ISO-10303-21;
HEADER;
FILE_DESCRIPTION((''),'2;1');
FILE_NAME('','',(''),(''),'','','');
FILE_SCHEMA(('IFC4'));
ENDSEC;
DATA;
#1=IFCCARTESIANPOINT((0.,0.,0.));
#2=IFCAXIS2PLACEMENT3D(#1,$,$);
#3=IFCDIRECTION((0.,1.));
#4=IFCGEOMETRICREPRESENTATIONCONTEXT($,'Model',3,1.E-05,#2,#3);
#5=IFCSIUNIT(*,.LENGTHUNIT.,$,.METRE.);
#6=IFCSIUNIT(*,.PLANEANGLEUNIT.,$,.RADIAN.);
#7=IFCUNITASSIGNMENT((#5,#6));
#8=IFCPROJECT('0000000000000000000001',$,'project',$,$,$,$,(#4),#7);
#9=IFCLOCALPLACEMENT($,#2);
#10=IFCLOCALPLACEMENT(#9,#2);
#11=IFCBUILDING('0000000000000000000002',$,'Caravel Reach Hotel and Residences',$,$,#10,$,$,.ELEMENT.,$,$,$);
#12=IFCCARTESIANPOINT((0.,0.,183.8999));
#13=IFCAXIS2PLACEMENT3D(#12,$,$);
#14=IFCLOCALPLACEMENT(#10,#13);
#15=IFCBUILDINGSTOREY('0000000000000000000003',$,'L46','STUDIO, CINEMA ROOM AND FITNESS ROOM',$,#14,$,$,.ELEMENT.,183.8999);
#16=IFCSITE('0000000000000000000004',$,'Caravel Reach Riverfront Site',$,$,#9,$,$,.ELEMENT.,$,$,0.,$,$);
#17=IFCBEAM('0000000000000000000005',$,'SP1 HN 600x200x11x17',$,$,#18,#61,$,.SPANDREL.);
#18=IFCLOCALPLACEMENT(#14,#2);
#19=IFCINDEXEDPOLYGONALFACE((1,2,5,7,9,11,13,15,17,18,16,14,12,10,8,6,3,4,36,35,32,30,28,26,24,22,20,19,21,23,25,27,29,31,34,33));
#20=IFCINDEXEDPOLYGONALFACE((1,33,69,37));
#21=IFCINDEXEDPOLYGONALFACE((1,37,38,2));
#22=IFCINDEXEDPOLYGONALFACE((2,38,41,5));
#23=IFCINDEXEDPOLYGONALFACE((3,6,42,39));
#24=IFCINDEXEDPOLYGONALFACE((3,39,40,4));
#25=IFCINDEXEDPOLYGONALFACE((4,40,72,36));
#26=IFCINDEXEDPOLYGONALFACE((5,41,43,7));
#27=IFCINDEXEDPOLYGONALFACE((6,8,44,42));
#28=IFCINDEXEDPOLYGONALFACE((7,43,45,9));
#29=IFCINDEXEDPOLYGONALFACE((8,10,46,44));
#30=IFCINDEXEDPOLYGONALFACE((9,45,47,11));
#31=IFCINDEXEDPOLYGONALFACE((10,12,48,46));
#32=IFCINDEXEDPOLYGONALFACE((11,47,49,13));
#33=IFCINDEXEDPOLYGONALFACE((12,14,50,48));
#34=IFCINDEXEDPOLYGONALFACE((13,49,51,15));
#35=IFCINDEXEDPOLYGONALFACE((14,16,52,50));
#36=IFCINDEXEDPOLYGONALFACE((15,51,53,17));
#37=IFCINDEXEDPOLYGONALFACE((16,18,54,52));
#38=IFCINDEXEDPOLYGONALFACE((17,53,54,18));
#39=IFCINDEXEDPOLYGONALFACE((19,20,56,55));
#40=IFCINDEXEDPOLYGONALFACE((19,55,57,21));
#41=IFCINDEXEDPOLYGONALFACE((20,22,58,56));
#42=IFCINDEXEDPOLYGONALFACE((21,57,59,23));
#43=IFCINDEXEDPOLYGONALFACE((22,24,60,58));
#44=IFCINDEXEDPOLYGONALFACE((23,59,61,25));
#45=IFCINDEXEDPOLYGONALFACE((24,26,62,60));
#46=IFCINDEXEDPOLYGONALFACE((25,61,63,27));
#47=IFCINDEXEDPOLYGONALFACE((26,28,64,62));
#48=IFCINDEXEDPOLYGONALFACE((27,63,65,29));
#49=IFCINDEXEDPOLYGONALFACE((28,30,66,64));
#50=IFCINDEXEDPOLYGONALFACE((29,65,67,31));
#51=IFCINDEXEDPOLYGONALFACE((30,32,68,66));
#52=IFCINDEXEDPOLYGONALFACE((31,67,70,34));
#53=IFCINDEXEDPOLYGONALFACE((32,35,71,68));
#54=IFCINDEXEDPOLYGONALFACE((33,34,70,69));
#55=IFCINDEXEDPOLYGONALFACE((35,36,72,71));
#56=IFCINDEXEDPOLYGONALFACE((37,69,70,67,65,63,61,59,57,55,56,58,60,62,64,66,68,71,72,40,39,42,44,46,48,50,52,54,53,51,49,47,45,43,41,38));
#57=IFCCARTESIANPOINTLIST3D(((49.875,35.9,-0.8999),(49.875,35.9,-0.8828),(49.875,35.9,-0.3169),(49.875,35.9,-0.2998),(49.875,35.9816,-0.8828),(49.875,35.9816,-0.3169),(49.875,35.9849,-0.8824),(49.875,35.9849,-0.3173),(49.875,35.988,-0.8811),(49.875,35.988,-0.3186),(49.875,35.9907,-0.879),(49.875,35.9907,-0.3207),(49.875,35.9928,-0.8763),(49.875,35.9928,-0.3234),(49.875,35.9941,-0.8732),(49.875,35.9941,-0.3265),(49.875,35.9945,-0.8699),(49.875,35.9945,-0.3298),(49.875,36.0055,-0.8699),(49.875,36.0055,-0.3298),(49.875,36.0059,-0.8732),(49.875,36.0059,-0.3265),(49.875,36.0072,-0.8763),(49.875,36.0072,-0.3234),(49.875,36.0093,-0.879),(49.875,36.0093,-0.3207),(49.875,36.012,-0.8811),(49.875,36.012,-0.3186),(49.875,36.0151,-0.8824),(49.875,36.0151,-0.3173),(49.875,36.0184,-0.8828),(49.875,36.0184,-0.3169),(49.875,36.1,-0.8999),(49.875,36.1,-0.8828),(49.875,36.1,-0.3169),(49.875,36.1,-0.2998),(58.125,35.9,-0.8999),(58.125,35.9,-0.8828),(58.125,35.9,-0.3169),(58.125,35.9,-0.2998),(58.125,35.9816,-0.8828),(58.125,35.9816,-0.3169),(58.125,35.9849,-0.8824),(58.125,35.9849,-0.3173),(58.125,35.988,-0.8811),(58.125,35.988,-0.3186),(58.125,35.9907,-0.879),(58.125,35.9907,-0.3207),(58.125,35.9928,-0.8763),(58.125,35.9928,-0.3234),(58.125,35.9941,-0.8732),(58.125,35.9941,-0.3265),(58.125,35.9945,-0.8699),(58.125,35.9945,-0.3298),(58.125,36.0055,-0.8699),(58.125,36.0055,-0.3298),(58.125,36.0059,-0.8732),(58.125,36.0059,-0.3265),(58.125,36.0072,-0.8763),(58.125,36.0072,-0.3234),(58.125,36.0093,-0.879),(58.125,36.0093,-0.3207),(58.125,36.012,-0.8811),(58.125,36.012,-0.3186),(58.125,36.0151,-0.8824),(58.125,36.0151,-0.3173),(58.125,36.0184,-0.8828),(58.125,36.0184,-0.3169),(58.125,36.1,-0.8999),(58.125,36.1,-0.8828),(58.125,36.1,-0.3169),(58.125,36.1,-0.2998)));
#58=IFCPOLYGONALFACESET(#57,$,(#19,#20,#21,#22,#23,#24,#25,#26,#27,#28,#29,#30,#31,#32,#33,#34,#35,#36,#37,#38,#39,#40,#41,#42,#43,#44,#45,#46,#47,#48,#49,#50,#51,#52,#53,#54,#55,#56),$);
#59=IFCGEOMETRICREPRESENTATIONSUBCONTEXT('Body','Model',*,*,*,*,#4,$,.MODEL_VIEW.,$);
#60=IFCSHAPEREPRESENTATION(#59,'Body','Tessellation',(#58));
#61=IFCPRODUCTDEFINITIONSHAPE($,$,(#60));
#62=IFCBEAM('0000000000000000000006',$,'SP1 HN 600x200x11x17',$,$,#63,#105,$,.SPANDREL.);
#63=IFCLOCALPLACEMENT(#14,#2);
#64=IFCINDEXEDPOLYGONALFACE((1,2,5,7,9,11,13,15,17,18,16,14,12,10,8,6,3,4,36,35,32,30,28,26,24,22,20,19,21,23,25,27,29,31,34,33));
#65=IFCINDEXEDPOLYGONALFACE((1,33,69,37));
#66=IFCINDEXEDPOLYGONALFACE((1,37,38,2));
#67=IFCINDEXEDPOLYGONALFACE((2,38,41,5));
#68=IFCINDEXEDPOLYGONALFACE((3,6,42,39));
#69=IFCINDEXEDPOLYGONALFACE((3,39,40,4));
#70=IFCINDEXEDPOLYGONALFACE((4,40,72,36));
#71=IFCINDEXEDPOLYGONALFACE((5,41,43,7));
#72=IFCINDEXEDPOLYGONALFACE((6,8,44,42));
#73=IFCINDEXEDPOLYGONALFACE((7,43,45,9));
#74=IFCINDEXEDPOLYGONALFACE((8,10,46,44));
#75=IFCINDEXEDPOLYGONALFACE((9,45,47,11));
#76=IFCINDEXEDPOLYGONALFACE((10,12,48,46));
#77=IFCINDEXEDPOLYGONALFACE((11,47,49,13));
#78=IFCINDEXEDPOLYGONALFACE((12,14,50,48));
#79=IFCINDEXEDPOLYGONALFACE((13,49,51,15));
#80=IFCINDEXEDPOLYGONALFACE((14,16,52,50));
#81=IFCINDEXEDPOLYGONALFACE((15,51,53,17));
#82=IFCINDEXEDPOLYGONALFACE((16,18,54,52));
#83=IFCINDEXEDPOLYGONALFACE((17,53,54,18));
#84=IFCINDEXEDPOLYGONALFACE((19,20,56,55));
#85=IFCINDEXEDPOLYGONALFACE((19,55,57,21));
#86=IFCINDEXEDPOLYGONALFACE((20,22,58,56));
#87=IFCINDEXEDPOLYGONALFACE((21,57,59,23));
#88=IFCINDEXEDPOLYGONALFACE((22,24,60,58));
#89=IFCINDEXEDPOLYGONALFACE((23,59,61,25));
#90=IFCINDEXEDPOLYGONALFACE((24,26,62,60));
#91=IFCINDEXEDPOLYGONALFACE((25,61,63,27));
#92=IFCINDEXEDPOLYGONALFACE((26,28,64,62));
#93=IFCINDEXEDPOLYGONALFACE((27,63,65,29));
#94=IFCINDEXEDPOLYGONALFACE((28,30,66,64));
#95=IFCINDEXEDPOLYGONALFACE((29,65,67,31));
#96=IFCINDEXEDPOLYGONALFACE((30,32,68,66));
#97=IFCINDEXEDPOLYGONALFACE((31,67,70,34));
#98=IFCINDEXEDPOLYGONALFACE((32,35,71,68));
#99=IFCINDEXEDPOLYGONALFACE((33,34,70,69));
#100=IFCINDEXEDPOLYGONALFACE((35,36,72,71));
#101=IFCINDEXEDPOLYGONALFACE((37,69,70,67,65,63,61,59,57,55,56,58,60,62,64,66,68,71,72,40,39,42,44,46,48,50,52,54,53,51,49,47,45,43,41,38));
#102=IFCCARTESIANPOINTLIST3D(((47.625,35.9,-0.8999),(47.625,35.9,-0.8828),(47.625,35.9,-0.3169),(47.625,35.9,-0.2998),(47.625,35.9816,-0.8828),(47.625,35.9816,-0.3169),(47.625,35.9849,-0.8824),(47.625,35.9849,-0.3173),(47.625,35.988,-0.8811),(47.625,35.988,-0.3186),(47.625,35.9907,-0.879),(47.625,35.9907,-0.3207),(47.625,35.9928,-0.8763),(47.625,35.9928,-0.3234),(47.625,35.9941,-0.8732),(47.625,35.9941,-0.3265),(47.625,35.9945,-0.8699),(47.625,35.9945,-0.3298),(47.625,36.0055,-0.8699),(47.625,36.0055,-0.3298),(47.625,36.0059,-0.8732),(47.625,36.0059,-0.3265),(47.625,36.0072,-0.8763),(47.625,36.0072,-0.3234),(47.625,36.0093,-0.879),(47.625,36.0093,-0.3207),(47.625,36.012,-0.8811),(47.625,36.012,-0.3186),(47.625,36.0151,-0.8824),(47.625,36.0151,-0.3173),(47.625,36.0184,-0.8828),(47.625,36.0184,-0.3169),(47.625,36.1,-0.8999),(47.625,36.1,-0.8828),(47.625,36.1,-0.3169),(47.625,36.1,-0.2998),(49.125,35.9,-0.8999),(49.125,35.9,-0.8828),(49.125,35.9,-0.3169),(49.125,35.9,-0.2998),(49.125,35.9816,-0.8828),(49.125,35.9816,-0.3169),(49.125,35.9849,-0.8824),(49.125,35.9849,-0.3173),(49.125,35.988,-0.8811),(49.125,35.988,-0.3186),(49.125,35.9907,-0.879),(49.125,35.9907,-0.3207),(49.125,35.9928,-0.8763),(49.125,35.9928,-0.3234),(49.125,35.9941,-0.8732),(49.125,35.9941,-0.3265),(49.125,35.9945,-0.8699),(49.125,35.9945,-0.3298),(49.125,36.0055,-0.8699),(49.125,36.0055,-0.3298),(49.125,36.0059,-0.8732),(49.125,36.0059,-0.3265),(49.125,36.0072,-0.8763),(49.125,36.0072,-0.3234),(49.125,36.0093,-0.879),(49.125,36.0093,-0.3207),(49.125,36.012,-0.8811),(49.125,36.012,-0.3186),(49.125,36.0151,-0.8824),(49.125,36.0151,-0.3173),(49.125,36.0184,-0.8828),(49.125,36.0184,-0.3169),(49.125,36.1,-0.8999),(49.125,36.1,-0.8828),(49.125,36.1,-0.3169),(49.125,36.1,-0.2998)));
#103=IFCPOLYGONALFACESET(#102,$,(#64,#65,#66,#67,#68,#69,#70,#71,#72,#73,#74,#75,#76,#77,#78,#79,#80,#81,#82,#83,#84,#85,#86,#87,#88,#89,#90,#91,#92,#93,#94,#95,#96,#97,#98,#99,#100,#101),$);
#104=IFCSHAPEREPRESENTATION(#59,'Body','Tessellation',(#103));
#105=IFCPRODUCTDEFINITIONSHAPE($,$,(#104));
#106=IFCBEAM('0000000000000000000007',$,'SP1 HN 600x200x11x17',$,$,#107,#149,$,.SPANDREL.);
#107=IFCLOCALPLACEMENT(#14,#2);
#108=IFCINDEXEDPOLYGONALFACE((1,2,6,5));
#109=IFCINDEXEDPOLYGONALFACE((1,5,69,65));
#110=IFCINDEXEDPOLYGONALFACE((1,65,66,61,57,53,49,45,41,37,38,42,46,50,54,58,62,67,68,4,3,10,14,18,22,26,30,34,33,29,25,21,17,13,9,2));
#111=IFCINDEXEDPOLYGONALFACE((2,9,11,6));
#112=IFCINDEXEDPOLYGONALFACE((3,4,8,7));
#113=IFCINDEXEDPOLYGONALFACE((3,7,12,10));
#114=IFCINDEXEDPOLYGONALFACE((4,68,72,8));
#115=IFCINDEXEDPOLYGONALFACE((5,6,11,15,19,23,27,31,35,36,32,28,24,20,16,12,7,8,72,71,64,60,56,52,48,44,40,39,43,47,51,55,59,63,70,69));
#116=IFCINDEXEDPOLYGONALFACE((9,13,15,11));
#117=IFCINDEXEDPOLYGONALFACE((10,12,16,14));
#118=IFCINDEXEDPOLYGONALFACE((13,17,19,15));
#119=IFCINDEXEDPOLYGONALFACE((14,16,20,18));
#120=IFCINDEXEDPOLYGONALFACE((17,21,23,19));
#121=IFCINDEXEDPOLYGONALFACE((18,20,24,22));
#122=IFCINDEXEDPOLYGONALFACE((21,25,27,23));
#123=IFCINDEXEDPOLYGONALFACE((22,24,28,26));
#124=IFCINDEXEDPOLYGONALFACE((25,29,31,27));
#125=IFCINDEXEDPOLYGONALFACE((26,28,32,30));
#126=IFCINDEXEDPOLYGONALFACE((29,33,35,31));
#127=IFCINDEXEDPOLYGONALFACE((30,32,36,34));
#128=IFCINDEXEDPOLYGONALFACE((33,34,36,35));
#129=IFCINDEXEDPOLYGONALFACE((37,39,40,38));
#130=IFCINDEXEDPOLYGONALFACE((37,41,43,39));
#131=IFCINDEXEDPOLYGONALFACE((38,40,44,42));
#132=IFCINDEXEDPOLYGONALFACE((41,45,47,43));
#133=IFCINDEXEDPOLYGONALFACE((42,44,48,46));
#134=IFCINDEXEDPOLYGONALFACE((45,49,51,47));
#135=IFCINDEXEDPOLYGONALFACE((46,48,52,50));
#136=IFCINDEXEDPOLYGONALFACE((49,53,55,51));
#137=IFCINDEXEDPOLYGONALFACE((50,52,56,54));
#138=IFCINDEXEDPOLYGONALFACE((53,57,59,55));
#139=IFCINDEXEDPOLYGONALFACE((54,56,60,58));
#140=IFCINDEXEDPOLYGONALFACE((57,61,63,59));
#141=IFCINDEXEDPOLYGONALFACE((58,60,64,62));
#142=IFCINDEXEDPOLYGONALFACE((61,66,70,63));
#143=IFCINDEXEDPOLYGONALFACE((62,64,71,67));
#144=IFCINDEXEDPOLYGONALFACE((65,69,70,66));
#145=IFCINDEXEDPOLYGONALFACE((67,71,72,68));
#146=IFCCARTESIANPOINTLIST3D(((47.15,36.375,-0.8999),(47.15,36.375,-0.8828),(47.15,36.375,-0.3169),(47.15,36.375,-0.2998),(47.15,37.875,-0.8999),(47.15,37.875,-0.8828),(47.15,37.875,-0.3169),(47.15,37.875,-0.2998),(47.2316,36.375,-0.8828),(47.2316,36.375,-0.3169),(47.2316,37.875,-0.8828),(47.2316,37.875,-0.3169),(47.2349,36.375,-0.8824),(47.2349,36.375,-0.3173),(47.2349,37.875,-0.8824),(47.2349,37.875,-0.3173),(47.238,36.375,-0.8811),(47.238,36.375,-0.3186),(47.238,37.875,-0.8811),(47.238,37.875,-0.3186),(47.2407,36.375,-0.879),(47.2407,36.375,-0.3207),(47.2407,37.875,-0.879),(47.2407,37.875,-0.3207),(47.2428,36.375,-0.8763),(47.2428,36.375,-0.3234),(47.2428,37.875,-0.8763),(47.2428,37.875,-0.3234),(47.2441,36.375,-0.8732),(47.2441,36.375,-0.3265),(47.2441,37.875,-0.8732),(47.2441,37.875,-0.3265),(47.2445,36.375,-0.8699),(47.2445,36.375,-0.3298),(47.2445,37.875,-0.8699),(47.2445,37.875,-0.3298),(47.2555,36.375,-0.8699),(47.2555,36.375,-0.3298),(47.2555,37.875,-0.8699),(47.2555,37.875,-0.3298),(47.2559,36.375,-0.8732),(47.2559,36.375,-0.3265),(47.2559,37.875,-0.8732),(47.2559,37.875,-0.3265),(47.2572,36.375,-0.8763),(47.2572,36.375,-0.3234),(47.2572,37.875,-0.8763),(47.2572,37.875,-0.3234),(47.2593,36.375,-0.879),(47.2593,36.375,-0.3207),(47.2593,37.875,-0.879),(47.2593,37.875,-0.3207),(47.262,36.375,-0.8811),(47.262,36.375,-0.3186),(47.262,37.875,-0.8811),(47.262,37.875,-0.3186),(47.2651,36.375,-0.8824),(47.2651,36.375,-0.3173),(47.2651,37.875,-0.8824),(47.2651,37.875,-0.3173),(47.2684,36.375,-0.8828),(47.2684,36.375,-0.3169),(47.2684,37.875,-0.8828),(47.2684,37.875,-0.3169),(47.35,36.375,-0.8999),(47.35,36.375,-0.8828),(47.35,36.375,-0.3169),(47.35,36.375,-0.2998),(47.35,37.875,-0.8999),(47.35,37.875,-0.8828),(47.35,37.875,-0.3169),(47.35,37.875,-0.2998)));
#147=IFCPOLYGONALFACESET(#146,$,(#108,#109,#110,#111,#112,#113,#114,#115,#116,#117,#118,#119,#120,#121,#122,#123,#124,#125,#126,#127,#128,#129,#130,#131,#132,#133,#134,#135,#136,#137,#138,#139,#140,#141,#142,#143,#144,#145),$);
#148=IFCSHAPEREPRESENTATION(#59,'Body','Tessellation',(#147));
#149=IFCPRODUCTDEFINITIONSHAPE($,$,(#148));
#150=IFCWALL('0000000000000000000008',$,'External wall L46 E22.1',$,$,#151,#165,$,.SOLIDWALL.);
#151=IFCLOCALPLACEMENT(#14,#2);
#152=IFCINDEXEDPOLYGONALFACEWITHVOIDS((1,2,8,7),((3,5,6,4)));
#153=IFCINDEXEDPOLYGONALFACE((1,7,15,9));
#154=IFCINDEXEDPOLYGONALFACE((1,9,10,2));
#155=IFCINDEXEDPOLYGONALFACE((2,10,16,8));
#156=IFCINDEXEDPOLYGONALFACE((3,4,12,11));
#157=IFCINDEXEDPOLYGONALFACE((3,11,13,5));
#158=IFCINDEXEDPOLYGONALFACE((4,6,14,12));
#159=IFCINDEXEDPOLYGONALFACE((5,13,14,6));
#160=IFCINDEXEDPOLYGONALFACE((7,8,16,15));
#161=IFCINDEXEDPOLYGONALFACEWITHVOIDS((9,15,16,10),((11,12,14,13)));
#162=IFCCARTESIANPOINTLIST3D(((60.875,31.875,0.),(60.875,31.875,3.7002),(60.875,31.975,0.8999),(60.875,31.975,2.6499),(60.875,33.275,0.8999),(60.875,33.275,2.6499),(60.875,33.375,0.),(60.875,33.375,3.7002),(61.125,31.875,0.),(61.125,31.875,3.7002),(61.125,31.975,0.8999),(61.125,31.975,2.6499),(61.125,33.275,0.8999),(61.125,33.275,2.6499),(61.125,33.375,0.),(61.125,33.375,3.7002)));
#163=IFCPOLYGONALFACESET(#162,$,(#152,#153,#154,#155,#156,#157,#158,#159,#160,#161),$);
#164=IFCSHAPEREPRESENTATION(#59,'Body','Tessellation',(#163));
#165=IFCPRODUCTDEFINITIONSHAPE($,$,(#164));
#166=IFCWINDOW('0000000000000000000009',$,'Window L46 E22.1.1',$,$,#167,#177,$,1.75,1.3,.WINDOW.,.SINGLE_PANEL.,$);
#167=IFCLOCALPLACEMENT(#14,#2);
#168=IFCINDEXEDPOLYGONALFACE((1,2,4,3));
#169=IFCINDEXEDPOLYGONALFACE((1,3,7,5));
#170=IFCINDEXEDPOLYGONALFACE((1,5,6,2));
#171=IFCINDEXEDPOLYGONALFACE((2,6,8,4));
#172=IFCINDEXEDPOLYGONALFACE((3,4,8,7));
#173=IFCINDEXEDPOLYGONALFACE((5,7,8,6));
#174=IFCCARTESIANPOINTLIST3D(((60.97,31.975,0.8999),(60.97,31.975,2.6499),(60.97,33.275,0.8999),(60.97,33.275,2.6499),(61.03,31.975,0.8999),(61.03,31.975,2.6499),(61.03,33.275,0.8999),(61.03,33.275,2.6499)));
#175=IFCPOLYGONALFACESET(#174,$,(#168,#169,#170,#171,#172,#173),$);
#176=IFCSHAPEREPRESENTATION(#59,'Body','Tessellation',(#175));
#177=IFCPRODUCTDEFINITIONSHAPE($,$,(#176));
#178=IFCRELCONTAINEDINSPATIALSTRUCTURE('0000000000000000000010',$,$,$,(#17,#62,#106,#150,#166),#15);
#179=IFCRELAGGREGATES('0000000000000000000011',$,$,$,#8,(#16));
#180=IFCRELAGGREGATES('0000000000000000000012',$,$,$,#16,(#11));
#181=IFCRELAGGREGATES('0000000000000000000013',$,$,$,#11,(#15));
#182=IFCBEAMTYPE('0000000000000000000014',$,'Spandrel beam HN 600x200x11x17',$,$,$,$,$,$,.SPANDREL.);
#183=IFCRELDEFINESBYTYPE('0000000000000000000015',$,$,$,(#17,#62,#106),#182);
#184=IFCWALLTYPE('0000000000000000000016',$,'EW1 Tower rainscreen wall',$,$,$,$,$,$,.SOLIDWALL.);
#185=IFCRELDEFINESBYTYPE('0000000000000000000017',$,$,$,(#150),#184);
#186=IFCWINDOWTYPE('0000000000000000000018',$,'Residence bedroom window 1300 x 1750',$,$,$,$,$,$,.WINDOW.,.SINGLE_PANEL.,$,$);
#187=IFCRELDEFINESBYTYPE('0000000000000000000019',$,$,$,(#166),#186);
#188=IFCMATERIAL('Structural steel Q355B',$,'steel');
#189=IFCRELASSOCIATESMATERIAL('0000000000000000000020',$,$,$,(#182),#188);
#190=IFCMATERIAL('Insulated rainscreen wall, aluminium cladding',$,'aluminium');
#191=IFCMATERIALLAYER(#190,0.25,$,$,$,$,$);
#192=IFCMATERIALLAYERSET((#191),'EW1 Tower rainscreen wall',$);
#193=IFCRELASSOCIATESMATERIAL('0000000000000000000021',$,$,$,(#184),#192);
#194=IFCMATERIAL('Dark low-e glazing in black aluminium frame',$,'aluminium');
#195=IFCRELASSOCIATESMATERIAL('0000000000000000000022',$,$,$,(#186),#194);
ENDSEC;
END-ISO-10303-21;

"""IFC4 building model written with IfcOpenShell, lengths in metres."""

from ifc_helpers import new_model, si_unit, direction, frame, frame_2d, origin, origin_2d, place, context, subcontext, project, spatial, rectangle, i_section, extrude, material, layer, layer_set, material_profile, profile_set, type_object, element, fill, save


model = new_model("IFC4")

# Units and contexts
model_context = context("Model", 3, precision=1e-05, world=origin(), true_north=direction((0.0, 1.0)))
body_context = subcontext(model_context, "Body", "Model", "MODEL_VIEW")
ifc_project = project(units=[si_unit("LENGTHUNIT", "METRE"), si_unit("PLANEANGLEUNIT", "RADIAN")], contexts=[model_context])

# Site, building, storey
site_placement = place(None, origin())
site = spatial("IfcSite", under=ifc_project, at=site_placement, Name="Caravel Reach Riverfront Site", CompositionType="ELEMENT", RefElevation=0.0)
building_placement = place(site_placement, origin())
building = spatial("IfcBuilding", under=site, at=building_placement, Name="Caravel Reach Hotel and Residences", CompositionType="ELEMENT")
storey_placement = place(building_placement, frame((0.0, 0.0, 183.8999)))
storey = spatial("IfcBuildingStorey", under=building, at=storey_placement, Name="L46", Description="STUDIO, CINEMA ROOM AND FITNESS ROOM", CompositionType="ELEMENT", Elevation=183.8999)

# Beams
ifc_material_1 = material(Name="Structural steel Q355B", Category="steel")
ifc_material_profile_1 = material_profile(ifc_material_1, i_section(OverallWidth=0.2, OverallDepth=0.6001, WebThickness=0.011, FlangeThickness=0.0171, FilletRadius=0.0129, at=origin_2d()), Name="HN 600x200x11x17")
ifc_profile_set_1 = profile_set([ifc_material_profile_1], Name="Structural steel Q355B")
beam_type = type_object("IfcBeamType", Name="Spandrel beam HN 600x200x11x17", PredefinedType="SPANDREL", material=ifc_profile_set_1)
beam_placement = place(storey_placement, frame((58.125, 36.0, -0.5999), z_axis=(-1.0, 0.0, 0.0), x_axis=(0.0, -1.0, 0.0)))
element("IfcBeam", 1, at=beam_placement, inside=storey, type_object=beam_type, Name="SP1 HN 600x200x11x17", PredefinedType="SPANDREL", context=body_context, shape_type="SweptSolid", body=[
    extrude(i_section(OverallWidth=0.2, OverallDepth=0.6001, WebThickness=0.011, FlangeThickness=0.0171, FilletRadius=0.0129, at=origin_2d()), origin(), (0.0, 0.0, 1.0), 8.25),
])
for number, where, z_axis, x_axis, name in (
    (2, (49.125, 36.0, -0.5999), (-1.0, 0.0, 0.0), (0.0, -1.0, 0.0), "SP1 HN 600x200x11x17"),
    (3, (47.25, 36.375, -0.5999), (0.0, 1.0, 0.0), (-1.0, 0.0, 0.0), "SP1 HN 600x200x11x17"),
):
    element("IfcBeam", number, at=place(storey_placement, frame(where, z_axis=z_axis, x_axis=x_axis)), inside=storey, type_object=beam_type, Name=name, PredefinedType="SPANDREL", context=body_context, shape_type="SweptSolid", body=[
        extrude(i_section(OverallWidth=0.2, OverallDepth=0.6001, WebThickness=0.011, FlangeThickness=0.0171, FilletRadius=0.0129, at=origin_2d()), origin(), (0.0, 0.0, 1.0), 1.5),
    ])

# Wall, opening, window
ifc_material_2 = material(Name="Insulated rainscreen wall, aluminium cladding", Category="aluminium")
ifc_layer = layer(ifc_material_2, 0.25)
ifc_layer_set = layer_set([ifc_layer], Name="EW1 Tower rainscreen wall")
wall_type = type_object("IfcWallType", Name="EW1 Tower rainscreen wall", PredefinedType="SOLIDWALL", material=ifc_layer_set)
wall_1_placement = place(storey_placement, frame((61.0, 31.875, 0.0), z_axis=(0.0, 0.0, 1.0), x_axis=(0.0, 1.0, 0.0)))
wall_1 = element("IfcWall", 4, at=wall_1_placement, inside=storey, type_object=wall_type, Name="External wall L46 E22.1", PredefinedType="SOLIDWALL", context=body_context, shape_type="SweptSolid", body=[
    extrude(rectangle(XDim=1.5, YDim=0.25, at=frame_2d((0.75, 0.0))), origin(), (0.0, 0.0, 1.0), 3.7002),
])
opening_1_placement = place(wall_1_placement, frame((0.1001, 0.0, 0.8999)))
opening_1 = element("IfcOpeningElement", 5, at=opening_1_placement, cuts=wall_1, PredefinedType="OPENING", context=body_context, shape_type="SweptSolid", body=[
    extrude(rectangle(XDim=1.3, YDim=1.75, at=frame_2d((0.6499, 0.875))), frame((0.0, 0.135, 0.0), z_axis=(0.0, -1.0, 0.0), x_axis=(1.0, 0.0, 0.0)), (0.0, 0.0, 1.0), 0.27),
])
ifc_material_3 = material(Name="Dark low-e glazing in black aluminium frame", Category="aluminium")
window_type_1 = type_object("IfcWindowType", Name="Residence bedroom window 1300 x 1750", PartitioningType="SINGLE_PANEL", PredefinedType="WINDOW", material=ifc_material_3)
window_1_placement = place(opening_1_placement, origin())
window_1 = element("IfcWindow", 6, at=window_1_placement, inside=storey, type_object=window_type_1, Name="Window L46 E22.1.1", OverallHeight=1.75, OverallWidth=1.3, PartitioningType="SINGLE_PANEL", PredefinedType="WINDOW", context=body_context, shape_type="SweptSolid", body=[
    extrude(rectangle(XDim=1.3, YDim=1.75, at=frame_2d((0.6499, 0.875))), frame((0.0, 0.03, 0.0), z_axis=(0.0, -1.0, 0.0), x_axis=(1.0, 0.0, 0.0)), (0.0, 0.0, 1.0), 0.0601),
])
fill(opening_1, window_1)

save(model, "model.ifc")
